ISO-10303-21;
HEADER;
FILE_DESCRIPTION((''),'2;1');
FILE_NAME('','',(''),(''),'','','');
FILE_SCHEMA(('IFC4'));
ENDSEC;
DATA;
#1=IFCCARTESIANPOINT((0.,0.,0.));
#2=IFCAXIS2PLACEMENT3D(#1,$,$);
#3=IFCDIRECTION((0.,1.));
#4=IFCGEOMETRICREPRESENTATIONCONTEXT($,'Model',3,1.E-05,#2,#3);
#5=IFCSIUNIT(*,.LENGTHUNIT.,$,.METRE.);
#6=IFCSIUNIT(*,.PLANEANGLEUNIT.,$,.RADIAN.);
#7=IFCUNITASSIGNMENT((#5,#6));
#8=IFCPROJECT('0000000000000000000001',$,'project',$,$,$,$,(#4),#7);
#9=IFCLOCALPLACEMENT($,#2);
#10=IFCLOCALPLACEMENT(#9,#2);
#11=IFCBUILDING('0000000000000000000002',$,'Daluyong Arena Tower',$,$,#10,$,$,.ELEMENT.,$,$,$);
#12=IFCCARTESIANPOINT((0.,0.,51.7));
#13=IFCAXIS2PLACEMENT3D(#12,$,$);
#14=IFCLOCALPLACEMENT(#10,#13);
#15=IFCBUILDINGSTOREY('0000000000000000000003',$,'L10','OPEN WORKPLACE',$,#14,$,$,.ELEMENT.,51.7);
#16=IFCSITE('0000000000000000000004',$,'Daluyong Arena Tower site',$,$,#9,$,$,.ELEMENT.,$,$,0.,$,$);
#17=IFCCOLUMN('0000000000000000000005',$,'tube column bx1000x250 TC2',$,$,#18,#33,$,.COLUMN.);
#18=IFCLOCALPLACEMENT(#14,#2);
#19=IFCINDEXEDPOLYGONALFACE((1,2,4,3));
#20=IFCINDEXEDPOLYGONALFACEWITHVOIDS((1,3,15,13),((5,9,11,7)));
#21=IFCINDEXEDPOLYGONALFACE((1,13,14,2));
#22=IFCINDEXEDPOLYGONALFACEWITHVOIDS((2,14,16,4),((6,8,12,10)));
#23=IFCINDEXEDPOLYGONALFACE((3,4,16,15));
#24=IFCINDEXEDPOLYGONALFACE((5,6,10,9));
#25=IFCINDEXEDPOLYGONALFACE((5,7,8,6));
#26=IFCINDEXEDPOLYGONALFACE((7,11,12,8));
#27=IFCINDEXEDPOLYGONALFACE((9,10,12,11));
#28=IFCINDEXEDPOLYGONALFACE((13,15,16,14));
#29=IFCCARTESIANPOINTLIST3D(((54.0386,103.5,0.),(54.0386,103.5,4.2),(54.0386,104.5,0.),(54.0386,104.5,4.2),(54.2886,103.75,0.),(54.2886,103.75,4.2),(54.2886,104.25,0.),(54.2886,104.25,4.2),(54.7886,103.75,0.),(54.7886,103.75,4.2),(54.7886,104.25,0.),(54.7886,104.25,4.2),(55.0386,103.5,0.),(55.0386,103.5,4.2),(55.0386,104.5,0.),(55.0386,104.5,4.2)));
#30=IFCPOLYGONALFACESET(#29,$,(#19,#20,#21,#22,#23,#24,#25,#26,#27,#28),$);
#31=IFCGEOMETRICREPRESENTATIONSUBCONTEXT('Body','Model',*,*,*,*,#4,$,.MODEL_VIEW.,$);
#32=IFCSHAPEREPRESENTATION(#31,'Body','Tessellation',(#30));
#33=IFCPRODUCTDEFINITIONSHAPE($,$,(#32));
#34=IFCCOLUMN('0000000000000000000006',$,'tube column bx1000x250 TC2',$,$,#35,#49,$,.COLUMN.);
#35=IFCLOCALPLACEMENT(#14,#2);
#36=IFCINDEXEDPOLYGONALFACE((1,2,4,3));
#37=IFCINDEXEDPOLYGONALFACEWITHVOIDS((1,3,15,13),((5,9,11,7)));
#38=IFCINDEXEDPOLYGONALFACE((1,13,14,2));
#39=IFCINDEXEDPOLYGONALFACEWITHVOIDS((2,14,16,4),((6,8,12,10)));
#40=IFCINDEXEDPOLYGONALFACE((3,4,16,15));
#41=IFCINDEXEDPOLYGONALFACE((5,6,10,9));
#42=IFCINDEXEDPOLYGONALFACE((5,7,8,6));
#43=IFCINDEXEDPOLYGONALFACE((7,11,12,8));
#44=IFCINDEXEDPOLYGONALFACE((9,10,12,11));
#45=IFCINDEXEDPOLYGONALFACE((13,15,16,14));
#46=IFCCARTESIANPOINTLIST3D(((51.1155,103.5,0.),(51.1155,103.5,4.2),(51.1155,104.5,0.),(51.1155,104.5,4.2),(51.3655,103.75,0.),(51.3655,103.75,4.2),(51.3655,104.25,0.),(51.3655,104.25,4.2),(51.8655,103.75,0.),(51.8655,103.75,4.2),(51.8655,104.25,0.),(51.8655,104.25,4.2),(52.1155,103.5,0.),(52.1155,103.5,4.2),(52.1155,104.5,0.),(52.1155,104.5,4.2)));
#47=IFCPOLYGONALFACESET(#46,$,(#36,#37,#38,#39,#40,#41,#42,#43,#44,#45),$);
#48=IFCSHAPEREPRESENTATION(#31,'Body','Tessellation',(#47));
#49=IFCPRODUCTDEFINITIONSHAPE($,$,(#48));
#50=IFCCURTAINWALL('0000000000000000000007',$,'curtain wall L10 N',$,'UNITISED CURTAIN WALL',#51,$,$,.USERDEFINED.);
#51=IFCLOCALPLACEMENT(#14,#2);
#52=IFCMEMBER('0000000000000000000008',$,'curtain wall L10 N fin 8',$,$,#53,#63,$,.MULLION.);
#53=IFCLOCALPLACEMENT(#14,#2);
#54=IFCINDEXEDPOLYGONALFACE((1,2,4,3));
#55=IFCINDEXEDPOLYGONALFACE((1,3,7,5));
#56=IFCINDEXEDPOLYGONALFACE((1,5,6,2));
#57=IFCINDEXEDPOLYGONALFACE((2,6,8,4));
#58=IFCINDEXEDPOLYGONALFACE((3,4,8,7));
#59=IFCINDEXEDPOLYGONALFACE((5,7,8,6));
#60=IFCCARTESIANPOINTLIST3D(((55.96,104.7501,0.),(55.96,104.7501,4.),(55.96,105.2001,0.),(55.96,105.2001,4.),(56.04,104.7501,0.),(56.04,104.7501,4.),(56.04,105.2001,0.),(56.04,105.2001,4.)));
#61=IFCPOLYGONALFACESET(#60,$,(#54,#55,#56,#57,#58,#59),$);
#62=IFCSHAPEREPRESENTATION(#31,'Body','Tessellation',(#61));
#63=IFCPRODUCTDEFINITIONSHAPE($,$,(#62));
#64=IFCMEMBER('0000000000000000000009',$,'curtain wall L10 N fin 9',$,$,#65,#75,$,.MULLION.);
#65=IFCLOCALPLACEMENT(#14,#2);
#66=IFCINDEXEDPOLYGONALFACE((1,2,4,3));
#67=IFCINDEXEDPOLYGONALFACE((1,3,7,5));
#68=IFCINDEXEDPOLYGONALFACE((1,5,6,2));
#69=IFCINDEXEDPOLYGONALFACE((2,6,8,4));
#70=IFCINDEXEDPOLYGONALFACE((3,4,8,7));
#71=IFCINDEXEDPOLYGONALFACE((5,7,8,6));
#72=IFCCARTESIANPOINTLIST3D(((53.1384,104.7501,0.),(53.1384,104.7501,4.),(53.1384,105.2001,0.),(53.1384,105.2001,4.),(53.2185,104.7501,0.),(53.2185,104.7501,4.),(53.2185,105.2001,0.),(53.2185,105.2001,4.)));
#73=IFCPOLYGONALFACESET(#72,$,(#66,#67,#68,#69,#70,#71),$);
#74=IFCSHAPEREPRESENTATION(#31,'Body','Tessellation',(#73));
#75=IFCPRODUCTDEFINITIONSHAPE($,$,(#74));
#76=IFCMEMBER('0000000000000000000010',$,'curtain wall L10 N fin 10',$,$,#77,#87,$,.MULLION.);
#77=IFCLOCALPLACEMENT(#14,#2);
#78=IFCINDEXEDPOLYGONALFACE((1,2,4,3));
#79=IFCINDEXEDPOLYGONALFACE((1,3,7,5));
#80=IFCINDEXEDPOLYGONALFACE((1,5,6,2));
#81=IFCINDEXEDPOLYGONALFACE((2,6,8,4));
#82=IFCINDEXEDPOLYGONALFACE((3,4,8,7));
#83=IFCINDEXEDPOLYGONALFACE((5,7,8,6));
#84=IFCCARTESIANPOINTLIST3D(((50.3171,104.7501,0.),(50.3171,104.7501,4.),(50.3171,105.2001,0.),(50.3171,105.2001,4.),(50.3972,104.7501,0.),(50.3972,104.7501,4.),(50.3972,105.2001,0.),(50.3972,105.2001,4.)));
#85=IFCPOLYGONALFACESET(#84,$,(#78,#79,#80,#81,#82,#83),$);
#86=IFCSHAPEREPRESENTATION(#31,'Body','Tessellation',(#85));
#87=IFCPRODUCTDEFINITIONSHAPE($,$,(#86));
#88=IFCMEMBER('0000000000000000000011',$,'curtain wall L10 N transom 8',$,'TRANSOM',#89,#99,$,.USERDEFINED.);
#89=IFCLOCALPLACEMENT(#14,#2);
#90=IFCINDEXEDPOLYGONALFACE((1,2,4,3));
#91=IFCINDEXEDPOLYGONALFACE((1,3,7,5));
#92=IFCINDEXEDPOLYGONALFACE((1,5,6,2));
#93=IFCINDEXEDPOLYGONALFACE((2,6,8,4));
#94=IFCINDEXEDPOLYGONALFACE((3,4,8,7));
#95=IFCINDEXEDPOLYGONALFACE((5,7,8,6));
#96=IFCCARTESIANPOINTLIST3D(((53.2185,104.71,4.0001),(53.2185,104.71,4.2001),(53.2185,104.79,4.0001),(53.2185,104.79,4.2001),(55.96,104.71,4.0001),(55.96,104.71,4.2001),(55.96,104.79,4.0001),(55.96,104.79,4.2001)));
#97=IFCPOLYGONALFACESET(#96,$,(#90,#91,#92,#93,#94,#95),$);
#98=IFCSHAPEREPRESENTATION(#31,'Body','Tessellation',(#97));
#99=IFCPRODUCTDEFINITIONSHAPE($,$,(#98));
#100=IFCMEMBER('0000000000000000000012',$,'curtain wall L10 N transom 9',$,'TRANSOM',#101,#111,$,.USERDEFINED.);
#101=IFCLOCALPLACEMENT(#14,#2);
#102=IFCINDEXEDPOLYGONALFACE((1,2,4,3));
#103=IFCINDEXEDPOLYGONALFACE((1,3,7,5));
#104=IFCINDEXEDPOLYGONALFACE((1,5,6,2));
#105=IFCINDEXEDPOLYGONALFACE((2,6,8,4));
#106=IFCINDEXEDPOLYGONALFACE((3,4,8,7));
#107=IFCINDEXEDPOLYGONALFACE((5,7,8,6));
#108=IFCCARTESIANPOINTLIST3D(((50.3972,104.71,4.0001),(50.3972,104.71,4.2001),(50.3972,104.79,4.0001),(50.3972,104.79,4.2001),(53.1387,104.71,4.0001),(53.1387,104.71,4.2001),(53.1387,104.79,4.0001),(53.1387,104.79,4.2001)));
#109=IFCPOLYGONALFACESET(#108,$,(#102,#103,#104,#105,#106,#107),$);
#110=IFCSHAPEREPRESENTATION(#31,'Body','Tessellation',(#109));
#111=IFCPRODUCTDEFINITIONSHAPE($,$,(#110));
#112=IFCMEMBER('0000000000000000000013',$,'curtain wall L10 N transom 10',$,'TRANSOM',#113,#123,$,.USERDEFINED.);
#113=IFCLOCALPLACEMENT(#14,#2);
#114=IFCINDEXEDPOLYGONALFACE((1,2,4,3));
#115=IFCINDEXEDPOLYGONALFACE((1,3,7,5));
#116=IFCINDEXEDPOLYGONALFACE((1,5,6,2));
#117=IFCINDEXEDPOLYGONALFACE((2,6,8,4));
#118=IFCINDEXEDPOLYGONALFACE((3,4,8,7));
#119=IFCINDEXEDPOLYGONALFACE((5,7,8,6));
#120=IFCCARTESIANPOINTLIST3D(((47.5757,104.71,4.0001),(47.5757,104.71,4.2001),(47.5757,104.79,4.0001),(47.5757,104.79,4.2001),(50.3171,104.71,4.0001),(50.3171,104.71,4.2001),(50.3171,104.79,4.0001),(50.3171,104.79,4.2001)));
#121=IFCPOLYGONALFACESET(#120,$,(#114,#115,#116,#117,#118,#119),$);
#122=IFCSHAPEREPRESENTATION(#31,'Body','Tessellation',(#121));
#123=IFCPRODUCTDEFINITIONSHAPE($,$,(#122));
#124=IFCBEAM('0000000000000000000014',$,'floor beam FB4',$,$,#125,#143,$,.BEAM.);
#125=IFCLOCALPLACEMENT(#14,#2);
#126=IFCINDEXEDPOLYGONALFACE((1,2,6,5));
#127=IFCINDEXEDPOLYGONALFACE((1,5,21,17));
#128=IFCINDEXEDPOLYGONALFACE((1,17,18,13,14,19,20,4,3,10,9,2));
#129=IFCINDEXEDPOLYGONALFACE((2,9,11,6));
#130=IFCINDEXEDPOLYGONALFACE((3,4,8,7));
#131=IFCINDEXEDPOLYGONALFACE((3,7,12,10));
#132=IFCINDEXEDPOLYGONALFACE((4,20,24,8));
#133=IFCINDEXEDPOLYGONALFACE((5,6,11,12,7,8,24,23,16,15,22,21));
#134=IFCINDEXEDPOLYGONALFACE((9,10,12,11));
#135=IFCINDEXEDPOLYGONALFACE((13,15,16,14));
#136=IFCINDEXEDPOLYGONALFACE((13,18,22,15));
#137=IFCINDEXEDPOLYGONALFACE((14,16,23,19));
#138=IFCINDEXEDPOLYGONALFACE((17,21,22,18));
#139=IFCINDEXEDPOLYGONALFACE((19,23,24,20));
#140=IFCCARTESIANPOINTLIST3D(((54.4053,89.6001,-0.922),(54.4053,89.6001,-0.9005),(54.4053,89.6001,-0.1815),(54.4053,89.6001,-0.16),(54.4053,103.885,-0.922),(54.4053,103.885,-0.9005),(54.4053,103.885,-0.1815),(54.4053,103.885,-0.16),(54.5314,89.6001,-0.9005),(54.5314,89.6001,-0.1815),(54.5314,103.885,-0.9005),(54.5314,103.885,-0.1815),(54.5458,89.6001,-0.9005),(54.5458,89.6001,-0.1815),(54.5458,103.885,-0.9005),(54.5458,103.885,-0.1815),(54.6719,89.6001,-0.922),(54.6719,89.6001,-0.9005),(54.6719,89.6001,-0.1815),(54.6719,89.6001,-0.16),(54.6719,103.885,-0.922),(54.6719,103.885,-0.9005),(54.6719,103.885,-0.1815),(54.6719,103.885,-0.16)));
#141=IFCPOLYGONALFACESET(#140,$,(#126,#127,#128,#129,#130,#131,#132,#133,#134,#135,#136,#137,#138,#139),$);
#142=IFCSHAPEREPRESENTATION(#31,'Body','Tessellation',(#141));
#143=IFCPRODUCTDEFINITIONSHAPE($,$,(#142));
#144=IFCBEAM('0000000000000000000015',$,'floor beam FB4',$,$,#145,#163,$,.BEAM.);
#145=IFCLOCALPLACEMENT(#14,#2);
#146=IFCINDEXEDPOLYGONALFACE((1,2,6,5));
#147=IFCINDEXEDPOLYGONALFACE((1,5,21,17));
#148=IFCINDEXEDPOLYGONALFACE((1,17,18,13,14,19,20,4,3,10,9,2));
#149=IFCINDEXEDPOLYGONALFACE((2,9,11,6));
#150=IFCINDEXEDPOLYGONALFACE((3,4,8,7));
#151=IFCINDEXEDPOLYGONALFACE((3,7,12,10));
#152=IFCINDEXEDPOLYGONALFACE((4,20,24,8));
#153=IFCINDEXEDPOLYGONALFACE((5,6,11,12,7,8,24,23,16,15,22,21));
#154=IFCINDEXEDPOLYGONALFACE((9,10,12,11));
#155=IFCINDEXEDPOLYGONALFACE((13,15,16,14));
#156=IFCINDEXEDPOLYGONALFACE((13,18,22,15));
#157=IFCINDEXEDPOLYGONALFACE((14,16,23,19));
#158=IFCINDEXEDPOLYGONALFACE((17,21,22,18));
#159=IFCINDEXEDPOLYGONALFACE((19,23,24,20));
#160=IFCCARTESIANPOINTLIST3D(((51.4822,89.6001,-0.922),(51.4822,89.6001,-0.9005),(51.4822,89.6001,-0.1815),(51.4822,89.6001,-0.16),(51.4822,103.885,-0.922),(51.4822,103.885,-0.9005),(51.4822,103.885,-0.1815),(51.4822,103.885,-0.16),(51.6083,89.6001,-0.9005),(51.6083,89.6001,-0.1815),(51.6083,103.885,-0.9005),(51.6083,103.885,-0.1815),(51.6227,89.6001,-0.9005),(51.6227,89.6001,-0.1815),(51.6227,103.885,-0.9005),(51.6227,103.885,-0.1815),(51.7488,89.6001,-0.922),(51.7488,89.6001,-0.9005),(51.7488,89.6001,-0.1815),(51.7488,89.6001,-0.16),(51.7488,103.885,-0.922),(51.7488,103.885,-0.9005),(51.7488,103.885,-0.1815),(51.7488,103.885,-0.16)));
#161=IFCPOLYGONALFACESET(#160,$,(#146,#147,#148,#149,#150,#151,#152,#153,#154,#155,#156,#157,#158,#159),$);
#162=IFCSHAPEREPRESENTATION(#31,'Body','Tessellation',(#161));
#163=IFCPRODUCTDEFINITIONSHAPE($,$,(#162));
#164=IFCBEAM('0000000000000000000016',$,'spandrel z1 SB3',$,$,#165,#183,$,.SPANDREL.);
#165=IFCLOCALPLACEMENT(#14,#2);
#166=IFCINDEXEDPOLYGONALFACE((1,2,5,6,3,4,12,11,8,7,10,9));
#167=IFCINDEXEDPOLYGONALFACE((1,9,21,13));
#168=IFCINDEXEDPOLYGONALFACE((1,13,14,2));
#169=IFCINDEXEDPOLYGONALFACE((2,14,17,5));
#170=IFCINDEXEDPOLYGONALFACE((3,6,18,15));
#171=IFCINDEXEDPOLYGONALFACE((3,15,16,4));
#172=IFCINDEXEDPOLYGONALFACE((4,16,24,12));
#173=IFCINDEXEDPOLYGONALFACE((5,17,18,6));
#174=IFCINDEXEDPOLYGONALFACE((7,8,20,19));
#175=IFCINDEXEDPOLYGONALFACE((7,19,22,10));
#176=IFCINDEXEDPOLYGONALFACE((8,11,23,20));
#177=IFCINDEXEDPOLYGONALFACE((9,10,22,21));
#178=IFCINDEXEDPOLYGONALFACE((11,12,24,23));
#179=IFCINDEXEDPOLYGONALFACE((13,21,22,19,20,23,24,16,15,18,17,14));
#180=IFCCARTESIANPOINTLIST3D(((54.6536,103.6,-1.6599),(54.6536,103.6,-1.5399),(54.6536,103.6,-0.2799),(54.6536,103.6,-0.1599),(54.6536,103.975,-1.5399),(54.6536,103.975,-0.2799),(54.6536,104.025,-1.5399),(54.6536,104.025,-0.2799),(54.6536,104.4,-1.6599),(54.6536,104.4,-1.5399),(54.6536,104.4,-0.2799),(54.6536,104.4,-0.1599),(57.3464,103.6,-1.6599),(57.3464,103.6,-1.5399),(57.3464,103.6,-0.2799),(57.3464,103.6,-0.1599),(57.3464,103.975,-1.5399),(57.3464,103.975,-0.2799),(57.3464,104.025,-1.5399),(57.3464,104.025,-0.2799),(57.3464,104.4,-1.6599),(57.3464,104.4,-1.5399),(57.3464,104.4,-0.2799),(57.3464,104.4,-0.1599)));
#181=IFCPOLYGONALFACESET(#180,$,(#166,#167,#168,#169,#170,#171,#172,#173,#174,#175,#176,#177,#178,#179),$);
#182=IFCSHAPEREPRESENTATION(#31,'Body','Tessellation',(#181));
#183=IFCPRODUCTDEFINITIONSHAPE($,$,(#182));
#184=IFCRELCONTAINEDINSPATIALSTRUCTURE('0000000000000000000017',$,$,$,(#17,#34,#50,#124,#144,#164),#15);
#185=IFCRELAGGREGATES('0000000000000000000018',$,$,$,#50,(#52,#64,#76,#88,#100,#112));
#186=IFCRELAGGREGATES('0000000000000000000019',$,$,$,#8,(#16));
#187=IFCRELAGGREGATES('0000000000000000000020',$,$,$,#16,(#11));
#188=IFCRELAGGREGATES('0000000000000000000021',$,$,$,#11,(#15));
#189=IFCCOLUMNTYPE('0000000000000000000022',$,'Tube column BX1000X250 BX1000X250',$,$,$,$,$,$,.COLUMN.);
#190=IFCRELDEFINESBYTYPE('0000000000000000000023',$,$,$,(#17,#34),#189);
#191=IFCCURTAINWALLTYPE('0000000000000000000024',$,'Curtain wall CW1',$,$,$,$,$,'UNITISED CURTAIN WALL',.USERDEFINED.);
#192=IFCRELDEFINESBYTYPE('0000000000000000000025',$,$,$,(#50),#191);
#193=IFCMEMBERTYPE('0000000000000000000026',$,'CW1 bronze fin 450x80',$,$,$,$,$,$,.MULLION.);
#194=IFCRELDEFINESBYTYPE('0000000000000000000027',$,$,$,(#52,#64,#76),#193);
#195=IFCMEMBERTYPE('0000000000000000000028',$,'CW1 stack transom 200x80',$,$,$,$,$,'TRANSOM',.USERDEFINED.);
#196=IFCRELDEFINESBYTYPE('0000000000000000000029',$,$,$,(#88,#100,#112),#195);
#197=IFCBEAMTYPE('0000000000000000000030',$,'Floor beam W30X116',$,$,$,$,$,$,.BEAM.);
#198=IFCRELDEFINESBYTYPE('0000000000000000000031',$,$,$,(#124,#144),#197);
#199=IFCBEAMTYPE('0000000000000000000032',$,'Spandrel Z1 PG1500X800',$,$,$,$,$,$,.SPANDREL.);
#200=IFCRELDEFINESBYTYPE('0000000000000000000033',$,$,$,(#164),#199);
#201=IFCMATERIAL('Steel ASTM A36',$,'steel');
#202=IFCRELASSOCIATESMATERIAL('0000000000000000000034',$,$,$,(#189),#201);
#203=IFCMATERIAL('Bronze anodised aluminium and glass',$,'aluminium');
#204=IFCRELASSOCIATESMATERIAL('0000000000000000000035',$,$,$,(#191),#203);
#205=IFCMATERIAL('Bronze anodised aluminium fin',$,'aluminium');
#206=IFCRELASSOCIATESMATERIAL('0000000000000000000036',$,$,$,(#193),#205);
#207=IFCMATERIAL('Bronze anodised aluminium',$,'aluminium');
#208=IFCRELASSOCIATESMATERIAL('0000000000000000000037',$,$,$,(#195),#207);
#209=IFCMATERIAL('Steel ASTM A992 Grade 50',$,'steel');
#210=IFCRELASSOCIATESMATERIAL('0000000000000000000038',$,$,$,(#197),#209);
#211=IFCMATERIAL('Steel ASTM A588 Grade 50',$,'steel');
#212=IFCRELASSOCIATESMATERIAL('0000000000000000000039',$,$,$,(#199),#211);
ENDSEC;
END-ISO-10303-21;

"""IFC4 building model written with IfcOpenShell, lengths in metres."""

from ifc_helpers import new_model, si_unit, direction, frame, origin, origin_2d, place, context, subcontext, project, spatial, rectangle, hollow_rectangle, i_section, extrude, material, material_profile, profile_set, type_object, element, aggregate, save


model = new_model("IFC4")

# Units and contexts
model_context = context("Model", 3, precision=1e-05, world=origin(), true_north=direction((0.0, 1.0)))
body_context = subcontext(model_context, "Body", "Model", "MODEL_VIEW")
ifc_project = project(units=[si_unit("LENGTHUNIT", "METRE"), si_unit("PLANEANGLEUNIT", "RADIAN")], contexts=[model_context])

# Site, building, storey
site_placement = place(None, origin())
site = spatial("IfcSite", under=ifc_project, at=site_placement, Name="Daluyong Arena Tower site", CompositionType="ELEMENT", RefElevation=0.0)
building_placement = place(site_placement, origin())
building = spatial("IfcBuilding", under=site, at=building_placement, Name="Daluyong Arena Tower", CompositionType="ELEMENT")
storey_placement = place(building_placement, frame((0.0, 0.0, 51.7)))
storey = spatial("IfcBuildingStorey", under=building, at=storey_placement, Name="L10", Description="OPEN WORKPLACE", CompositionType="ELEMENT", Elevation=51.7)

# Columns
ifc_material_1 = material(Name="Steel ASTM A36", Category="steel")
ifc_material_profile_1 = material_profile(ifc_material_1, hollow_rectangle(XDim=1.0, YDim=1.0, WallThickness=0.25, at=origin_2d()))
ifc_profile_set_1 = profile_set([ifc_material_profile_1], Name="Steel ASTM A36")
column_type = type_object("IfcColumnType", Name="Tube column BX1000X250 BX1000X250", PredefinedType="COLUMN", material=ifc_profile_set_1)
for number, where, z_axis, x_axis, name in (
    (1, (54.5386, 104.0, 0.0), (0.0, 0.0, 1.0), (1.0, 0.0, 0.0), "tube column bx1000x250 TC2"),
    (2, (51.6155, 104.0, 0.0), (0.0, 0.0, 1.0), (1.0, 0.0, 0.0), "tube column bx1000x250 TC2"),
):
    element("IfcColumn", number, at=place(storey_placement, frame(where, z_axis=z_axis, x_axis=x_axis)), inside=storey, type_object=column_type, Name=name, PredefinedType="COLUMN", context=body_context, shape_type="SweptSolid", body=[
        extrude(hollow_rectangle(XDim=1.0, YDim=1.0, WallThickness=0.25, at=origin_2d()), origin(), (0.0, 0.0, 1.0), 4.2),
    ])

# Curtain wall, members
ifc_material_2 = material(Name="Bronze anodised aluminium and glass", Category="aluminium")
curtain_wall_type = type_object("IfcCurtainWallType", Name="Curtain wall CW1", ElementType="UNITISED CURTAIN WALL", PredefinedType="USERDEFINED", material=ifc_material_2)
curtain_wall_placement = place(storey_placement, origin())
curtain_wall = element("IfcCurtainWall", 3, at=curtain_wall_placement, inside=storey, type_object=curtain_wall_type, Name="curtain wall L10 N", ObjectType="UNITISED CURTAIN WALL", PredefinedType="USERDEFINED")
ifc_material_3 = material(Name="Bronze anodised aluminium fin", Category="aluminium")
ifc_material_profile_2 = material_profile(ifc_material_3, rectangle(XDim=0.45, YDim=0.0801, at=origin_2d()))
ifc_profile_set_2 = profile_set([ifc_material_profile_2], Name="Bronze anodised aluminium fin")
member_type_1 = type_object("IfcMemberType", Name="CW1 bronze fin 450x80", PredefinedType="MULLION", material=ifc_profile_set_2)
member_1_placement = place(storey_placement, frame((56.0, 104.9751, 0.0), z_axis=(0.0, 0.0, 1.0), x_axis=(0.0, -1.0, 0.0)))
member_1 = element("IfcMember", 4, at=member_1_placement, type_object=member_type_1, Name="curtain wall L10 N fin 8", PredefinedType="MULLION", context=body_context, shape_type="SweptSolid", body=[
    extrude(rectangle(XDim=0.45, YDim=0.0801, at=origin_2d()), origin(), (0.0, 0.0, 1.0), 4.0),
])
member_2_placement = place(storey_placement, frame((53.1785, 104.9751, 0.0), z_axis=(0.0, 0.0, 1.0), x_axis=(0.0, -1.0, 0.0)))
member_2 = element("IfcMember", 5, at=member_2_placement, type_object=member_type_1, Name="curtain wall L10 N fin 9", PredefinedType="MULLION", context=body_context, shape_type="SweptSolid", body=[
    extrude(rectangle(XDim=0.45, YDim=0.0801, at=origin_2d()), origin(), (0.0, 0.0, 1.0), 4.0),
])
member_3_placement = place(storey_placement, frame((50.3572, 104.9751, 0.0), z_axis=(0.0, 0.0, 1.0), x_axis=(0.0, -1.0, 0.0)))
member_3 = element("IfcMember", 6, at=member_3_placement, type_object=member_type_1, Name="curtain wall L10 N fin 10", PredefinedType="MULLION", context=body_context, shape_type="SweptSolid", body=[
    extrude(rectangle(XDim=0.45, YDim=0.0801, at=origin_2d()), origin(), (0.0, 0.0, 1.0), 4.0),
])
ifc_material_4 = material(Name="Bronze anodised aluminium", Category="aluminium")
ifc_material_profile_3 = material_profile(ifc_material_4, rectangle(XDim=0.0801, YDim=0.2, at=origin_2d()))
ifc_profile_set_3 = profile_set([ifc_material_profile_3], Name="Bronze anodised aluminium")
member_type_2 = type_object("IfcMemberType", Name="CW1 stack transom 200x80", ElementType="TRANSOM", PredefinedType="USERDEFINED", material=ifc_profile_set_3)
member_4_placement = place(storey_placement, frame((55.96, 104.75, 4.1001), z_axis=(-1.0, 0.0, 0.0), x_axis=(0.0, -1.0, 0.0)))
member_4 = element("IfcMember", 7, at=member_4_placement, type_object=member_type_2, Name="curtain wall L10 N transom 8", ObjectType="TRANSOM", PredefinedType="USERDEFINED", context=body_context, shape_type="SweptSolid", body=[
    extrude(rectangle(XDim=0.0801, YDim=0.2, at=origin_2d()), origin(), (0.0, 0.0, 1.0), 2.7415),
])
member_5_placement = place(storey_placement, frame((53.1387, 104.75, 4.1001), z_axis=(-1.0, 0.0, 0.0), x_axis=(0.0, -1.0, 0.0)))
member_5 = element("IfcMember", 8, at=member_5_placement, type_object=member_type_2, Name="curtain wall L10 N transom 9", ObjectType="TRANSOM", PredefinedType="USERDEFINED", context=body_context, shape_type="SweptSolid", body=[
    extrude(rectangle(XDim=0.0801, YDim=0.2, at=origin_2d()), origin(), (0.0, 0.0, 1.0), 2.7415),
])
member_6_placement = place(storey_placement, frame((50.3171, 104.75, 4.1001), z_axis=(-1.0, 0.0, 0.0), x_axis=(0.0, -1.0, 0.0)))
member_6 = element("IfcMember", 9, at=member_6_placement, type_object=member_type_2, Name="curtain wall L10 N transom 10", ObjectType="TRANSOM", PredefinedType="USERDEFINED", context=body_context, shape_type="SweptSolid", body=[
    extrude(rectangle(XDim=0.0801, YDim=0.2, at=origin_2d()), origin(), (0.0, 0.0, 1.0), 2.7415),
])

# Beams
ifc_material_5 = material(Name="Steel ASTM A992 Grade 50", Category="steel")
ifc_material_profile_4 = material_profile(ifc_material_5, i_section(OverallWidth=0.2666, OverallDepth=0.762, WebThickness=0.0144, FlangeThickness=0.0215, at=origin_2d()))
ifc_profile_set_4 = profile_set([ifc_material_profile_4], Name="Steel ASTM A992 Grade 50")
beam_type_1 = type_object("IfcBeamType", Name="Floor beam W30X116", PredefinedType="BEAM", material=ifc_profile_set_4)
for number, where, z_axis, x_axis, name in (
    (10, (54.5386, 103.885, -0.541), (0.0, -1.0, 0.0), (1.0, 0.0, 0.0), "floor beam FB4"),
    (11, (51.6155, 103.885, -0.541), (0.0, -1.0, 0.0), (1.0, 0.0, 0.0), "floor beam FB4"),
):
    element("IfcBeam", number, at=place(storey_placement, frame(where, z_axis=z_axis, x_axis=x_axis)), inside=storey, type_object=beam_type_1, Name=name, PredefinedType="BEAM", context=body_context, shape_type="SweptSolid", body=[
        extrude(i_section(OverallWidth=0.2666, OverallDepth=0.762, WebThickness=0.0144, FlangeThickness=0.0215, at=origin_2d()), origin(), (0.0, 0.0, 1.0), 14.2849),
    ])
ifc_material_6 = material(Name="Steel ASTM A588 Grade 50", Category="steel")
ifc_material_profile_5 = material_profile(ifc_material_6, i_section(OverallWidth=0.8, OverallDepth=1.5, WebThickness=0.05, FlangeThickness=0.12, at=origin_2d()))
ifc_profile_set_5 = profile_set([ifc_material_profile_5], Name="Steel ASTM A588 Grade 50")
beam_type_2 = type_object("IfcBeamType", Name="Spandrel Z1 PG1500X800", PredefinedType="SPANDREL", material=ifc_profile_set_5)
beam_placement = place(storey_placement, frame((57.3464, 104.0, -0.9099), z_axis=(-1.0, 0.0, 0.0), x_axis=(0.0, -1.0, 0.0)))
element("IfcBeam", 12, at=beam_placement, inside=storey, type_object=beam_type_2, Name="spandrel z1 SB3", PredefinedType="SPANDREL", context=body_context, shape_type="SweptSolid", body=[
    extrude(i_section(OverallWidth=0.8, OverallDepth=1.5, WebThickness=0.05, FlangeThickness=0.12, at=origin_2d()), origin(), (0.0, 0.0, 1.0), 2.6929),
])

aggregate(curtain_wall, [member_1, member_2, member_3, member_4, member_5, member_6])

save(model, "model.ifc")
